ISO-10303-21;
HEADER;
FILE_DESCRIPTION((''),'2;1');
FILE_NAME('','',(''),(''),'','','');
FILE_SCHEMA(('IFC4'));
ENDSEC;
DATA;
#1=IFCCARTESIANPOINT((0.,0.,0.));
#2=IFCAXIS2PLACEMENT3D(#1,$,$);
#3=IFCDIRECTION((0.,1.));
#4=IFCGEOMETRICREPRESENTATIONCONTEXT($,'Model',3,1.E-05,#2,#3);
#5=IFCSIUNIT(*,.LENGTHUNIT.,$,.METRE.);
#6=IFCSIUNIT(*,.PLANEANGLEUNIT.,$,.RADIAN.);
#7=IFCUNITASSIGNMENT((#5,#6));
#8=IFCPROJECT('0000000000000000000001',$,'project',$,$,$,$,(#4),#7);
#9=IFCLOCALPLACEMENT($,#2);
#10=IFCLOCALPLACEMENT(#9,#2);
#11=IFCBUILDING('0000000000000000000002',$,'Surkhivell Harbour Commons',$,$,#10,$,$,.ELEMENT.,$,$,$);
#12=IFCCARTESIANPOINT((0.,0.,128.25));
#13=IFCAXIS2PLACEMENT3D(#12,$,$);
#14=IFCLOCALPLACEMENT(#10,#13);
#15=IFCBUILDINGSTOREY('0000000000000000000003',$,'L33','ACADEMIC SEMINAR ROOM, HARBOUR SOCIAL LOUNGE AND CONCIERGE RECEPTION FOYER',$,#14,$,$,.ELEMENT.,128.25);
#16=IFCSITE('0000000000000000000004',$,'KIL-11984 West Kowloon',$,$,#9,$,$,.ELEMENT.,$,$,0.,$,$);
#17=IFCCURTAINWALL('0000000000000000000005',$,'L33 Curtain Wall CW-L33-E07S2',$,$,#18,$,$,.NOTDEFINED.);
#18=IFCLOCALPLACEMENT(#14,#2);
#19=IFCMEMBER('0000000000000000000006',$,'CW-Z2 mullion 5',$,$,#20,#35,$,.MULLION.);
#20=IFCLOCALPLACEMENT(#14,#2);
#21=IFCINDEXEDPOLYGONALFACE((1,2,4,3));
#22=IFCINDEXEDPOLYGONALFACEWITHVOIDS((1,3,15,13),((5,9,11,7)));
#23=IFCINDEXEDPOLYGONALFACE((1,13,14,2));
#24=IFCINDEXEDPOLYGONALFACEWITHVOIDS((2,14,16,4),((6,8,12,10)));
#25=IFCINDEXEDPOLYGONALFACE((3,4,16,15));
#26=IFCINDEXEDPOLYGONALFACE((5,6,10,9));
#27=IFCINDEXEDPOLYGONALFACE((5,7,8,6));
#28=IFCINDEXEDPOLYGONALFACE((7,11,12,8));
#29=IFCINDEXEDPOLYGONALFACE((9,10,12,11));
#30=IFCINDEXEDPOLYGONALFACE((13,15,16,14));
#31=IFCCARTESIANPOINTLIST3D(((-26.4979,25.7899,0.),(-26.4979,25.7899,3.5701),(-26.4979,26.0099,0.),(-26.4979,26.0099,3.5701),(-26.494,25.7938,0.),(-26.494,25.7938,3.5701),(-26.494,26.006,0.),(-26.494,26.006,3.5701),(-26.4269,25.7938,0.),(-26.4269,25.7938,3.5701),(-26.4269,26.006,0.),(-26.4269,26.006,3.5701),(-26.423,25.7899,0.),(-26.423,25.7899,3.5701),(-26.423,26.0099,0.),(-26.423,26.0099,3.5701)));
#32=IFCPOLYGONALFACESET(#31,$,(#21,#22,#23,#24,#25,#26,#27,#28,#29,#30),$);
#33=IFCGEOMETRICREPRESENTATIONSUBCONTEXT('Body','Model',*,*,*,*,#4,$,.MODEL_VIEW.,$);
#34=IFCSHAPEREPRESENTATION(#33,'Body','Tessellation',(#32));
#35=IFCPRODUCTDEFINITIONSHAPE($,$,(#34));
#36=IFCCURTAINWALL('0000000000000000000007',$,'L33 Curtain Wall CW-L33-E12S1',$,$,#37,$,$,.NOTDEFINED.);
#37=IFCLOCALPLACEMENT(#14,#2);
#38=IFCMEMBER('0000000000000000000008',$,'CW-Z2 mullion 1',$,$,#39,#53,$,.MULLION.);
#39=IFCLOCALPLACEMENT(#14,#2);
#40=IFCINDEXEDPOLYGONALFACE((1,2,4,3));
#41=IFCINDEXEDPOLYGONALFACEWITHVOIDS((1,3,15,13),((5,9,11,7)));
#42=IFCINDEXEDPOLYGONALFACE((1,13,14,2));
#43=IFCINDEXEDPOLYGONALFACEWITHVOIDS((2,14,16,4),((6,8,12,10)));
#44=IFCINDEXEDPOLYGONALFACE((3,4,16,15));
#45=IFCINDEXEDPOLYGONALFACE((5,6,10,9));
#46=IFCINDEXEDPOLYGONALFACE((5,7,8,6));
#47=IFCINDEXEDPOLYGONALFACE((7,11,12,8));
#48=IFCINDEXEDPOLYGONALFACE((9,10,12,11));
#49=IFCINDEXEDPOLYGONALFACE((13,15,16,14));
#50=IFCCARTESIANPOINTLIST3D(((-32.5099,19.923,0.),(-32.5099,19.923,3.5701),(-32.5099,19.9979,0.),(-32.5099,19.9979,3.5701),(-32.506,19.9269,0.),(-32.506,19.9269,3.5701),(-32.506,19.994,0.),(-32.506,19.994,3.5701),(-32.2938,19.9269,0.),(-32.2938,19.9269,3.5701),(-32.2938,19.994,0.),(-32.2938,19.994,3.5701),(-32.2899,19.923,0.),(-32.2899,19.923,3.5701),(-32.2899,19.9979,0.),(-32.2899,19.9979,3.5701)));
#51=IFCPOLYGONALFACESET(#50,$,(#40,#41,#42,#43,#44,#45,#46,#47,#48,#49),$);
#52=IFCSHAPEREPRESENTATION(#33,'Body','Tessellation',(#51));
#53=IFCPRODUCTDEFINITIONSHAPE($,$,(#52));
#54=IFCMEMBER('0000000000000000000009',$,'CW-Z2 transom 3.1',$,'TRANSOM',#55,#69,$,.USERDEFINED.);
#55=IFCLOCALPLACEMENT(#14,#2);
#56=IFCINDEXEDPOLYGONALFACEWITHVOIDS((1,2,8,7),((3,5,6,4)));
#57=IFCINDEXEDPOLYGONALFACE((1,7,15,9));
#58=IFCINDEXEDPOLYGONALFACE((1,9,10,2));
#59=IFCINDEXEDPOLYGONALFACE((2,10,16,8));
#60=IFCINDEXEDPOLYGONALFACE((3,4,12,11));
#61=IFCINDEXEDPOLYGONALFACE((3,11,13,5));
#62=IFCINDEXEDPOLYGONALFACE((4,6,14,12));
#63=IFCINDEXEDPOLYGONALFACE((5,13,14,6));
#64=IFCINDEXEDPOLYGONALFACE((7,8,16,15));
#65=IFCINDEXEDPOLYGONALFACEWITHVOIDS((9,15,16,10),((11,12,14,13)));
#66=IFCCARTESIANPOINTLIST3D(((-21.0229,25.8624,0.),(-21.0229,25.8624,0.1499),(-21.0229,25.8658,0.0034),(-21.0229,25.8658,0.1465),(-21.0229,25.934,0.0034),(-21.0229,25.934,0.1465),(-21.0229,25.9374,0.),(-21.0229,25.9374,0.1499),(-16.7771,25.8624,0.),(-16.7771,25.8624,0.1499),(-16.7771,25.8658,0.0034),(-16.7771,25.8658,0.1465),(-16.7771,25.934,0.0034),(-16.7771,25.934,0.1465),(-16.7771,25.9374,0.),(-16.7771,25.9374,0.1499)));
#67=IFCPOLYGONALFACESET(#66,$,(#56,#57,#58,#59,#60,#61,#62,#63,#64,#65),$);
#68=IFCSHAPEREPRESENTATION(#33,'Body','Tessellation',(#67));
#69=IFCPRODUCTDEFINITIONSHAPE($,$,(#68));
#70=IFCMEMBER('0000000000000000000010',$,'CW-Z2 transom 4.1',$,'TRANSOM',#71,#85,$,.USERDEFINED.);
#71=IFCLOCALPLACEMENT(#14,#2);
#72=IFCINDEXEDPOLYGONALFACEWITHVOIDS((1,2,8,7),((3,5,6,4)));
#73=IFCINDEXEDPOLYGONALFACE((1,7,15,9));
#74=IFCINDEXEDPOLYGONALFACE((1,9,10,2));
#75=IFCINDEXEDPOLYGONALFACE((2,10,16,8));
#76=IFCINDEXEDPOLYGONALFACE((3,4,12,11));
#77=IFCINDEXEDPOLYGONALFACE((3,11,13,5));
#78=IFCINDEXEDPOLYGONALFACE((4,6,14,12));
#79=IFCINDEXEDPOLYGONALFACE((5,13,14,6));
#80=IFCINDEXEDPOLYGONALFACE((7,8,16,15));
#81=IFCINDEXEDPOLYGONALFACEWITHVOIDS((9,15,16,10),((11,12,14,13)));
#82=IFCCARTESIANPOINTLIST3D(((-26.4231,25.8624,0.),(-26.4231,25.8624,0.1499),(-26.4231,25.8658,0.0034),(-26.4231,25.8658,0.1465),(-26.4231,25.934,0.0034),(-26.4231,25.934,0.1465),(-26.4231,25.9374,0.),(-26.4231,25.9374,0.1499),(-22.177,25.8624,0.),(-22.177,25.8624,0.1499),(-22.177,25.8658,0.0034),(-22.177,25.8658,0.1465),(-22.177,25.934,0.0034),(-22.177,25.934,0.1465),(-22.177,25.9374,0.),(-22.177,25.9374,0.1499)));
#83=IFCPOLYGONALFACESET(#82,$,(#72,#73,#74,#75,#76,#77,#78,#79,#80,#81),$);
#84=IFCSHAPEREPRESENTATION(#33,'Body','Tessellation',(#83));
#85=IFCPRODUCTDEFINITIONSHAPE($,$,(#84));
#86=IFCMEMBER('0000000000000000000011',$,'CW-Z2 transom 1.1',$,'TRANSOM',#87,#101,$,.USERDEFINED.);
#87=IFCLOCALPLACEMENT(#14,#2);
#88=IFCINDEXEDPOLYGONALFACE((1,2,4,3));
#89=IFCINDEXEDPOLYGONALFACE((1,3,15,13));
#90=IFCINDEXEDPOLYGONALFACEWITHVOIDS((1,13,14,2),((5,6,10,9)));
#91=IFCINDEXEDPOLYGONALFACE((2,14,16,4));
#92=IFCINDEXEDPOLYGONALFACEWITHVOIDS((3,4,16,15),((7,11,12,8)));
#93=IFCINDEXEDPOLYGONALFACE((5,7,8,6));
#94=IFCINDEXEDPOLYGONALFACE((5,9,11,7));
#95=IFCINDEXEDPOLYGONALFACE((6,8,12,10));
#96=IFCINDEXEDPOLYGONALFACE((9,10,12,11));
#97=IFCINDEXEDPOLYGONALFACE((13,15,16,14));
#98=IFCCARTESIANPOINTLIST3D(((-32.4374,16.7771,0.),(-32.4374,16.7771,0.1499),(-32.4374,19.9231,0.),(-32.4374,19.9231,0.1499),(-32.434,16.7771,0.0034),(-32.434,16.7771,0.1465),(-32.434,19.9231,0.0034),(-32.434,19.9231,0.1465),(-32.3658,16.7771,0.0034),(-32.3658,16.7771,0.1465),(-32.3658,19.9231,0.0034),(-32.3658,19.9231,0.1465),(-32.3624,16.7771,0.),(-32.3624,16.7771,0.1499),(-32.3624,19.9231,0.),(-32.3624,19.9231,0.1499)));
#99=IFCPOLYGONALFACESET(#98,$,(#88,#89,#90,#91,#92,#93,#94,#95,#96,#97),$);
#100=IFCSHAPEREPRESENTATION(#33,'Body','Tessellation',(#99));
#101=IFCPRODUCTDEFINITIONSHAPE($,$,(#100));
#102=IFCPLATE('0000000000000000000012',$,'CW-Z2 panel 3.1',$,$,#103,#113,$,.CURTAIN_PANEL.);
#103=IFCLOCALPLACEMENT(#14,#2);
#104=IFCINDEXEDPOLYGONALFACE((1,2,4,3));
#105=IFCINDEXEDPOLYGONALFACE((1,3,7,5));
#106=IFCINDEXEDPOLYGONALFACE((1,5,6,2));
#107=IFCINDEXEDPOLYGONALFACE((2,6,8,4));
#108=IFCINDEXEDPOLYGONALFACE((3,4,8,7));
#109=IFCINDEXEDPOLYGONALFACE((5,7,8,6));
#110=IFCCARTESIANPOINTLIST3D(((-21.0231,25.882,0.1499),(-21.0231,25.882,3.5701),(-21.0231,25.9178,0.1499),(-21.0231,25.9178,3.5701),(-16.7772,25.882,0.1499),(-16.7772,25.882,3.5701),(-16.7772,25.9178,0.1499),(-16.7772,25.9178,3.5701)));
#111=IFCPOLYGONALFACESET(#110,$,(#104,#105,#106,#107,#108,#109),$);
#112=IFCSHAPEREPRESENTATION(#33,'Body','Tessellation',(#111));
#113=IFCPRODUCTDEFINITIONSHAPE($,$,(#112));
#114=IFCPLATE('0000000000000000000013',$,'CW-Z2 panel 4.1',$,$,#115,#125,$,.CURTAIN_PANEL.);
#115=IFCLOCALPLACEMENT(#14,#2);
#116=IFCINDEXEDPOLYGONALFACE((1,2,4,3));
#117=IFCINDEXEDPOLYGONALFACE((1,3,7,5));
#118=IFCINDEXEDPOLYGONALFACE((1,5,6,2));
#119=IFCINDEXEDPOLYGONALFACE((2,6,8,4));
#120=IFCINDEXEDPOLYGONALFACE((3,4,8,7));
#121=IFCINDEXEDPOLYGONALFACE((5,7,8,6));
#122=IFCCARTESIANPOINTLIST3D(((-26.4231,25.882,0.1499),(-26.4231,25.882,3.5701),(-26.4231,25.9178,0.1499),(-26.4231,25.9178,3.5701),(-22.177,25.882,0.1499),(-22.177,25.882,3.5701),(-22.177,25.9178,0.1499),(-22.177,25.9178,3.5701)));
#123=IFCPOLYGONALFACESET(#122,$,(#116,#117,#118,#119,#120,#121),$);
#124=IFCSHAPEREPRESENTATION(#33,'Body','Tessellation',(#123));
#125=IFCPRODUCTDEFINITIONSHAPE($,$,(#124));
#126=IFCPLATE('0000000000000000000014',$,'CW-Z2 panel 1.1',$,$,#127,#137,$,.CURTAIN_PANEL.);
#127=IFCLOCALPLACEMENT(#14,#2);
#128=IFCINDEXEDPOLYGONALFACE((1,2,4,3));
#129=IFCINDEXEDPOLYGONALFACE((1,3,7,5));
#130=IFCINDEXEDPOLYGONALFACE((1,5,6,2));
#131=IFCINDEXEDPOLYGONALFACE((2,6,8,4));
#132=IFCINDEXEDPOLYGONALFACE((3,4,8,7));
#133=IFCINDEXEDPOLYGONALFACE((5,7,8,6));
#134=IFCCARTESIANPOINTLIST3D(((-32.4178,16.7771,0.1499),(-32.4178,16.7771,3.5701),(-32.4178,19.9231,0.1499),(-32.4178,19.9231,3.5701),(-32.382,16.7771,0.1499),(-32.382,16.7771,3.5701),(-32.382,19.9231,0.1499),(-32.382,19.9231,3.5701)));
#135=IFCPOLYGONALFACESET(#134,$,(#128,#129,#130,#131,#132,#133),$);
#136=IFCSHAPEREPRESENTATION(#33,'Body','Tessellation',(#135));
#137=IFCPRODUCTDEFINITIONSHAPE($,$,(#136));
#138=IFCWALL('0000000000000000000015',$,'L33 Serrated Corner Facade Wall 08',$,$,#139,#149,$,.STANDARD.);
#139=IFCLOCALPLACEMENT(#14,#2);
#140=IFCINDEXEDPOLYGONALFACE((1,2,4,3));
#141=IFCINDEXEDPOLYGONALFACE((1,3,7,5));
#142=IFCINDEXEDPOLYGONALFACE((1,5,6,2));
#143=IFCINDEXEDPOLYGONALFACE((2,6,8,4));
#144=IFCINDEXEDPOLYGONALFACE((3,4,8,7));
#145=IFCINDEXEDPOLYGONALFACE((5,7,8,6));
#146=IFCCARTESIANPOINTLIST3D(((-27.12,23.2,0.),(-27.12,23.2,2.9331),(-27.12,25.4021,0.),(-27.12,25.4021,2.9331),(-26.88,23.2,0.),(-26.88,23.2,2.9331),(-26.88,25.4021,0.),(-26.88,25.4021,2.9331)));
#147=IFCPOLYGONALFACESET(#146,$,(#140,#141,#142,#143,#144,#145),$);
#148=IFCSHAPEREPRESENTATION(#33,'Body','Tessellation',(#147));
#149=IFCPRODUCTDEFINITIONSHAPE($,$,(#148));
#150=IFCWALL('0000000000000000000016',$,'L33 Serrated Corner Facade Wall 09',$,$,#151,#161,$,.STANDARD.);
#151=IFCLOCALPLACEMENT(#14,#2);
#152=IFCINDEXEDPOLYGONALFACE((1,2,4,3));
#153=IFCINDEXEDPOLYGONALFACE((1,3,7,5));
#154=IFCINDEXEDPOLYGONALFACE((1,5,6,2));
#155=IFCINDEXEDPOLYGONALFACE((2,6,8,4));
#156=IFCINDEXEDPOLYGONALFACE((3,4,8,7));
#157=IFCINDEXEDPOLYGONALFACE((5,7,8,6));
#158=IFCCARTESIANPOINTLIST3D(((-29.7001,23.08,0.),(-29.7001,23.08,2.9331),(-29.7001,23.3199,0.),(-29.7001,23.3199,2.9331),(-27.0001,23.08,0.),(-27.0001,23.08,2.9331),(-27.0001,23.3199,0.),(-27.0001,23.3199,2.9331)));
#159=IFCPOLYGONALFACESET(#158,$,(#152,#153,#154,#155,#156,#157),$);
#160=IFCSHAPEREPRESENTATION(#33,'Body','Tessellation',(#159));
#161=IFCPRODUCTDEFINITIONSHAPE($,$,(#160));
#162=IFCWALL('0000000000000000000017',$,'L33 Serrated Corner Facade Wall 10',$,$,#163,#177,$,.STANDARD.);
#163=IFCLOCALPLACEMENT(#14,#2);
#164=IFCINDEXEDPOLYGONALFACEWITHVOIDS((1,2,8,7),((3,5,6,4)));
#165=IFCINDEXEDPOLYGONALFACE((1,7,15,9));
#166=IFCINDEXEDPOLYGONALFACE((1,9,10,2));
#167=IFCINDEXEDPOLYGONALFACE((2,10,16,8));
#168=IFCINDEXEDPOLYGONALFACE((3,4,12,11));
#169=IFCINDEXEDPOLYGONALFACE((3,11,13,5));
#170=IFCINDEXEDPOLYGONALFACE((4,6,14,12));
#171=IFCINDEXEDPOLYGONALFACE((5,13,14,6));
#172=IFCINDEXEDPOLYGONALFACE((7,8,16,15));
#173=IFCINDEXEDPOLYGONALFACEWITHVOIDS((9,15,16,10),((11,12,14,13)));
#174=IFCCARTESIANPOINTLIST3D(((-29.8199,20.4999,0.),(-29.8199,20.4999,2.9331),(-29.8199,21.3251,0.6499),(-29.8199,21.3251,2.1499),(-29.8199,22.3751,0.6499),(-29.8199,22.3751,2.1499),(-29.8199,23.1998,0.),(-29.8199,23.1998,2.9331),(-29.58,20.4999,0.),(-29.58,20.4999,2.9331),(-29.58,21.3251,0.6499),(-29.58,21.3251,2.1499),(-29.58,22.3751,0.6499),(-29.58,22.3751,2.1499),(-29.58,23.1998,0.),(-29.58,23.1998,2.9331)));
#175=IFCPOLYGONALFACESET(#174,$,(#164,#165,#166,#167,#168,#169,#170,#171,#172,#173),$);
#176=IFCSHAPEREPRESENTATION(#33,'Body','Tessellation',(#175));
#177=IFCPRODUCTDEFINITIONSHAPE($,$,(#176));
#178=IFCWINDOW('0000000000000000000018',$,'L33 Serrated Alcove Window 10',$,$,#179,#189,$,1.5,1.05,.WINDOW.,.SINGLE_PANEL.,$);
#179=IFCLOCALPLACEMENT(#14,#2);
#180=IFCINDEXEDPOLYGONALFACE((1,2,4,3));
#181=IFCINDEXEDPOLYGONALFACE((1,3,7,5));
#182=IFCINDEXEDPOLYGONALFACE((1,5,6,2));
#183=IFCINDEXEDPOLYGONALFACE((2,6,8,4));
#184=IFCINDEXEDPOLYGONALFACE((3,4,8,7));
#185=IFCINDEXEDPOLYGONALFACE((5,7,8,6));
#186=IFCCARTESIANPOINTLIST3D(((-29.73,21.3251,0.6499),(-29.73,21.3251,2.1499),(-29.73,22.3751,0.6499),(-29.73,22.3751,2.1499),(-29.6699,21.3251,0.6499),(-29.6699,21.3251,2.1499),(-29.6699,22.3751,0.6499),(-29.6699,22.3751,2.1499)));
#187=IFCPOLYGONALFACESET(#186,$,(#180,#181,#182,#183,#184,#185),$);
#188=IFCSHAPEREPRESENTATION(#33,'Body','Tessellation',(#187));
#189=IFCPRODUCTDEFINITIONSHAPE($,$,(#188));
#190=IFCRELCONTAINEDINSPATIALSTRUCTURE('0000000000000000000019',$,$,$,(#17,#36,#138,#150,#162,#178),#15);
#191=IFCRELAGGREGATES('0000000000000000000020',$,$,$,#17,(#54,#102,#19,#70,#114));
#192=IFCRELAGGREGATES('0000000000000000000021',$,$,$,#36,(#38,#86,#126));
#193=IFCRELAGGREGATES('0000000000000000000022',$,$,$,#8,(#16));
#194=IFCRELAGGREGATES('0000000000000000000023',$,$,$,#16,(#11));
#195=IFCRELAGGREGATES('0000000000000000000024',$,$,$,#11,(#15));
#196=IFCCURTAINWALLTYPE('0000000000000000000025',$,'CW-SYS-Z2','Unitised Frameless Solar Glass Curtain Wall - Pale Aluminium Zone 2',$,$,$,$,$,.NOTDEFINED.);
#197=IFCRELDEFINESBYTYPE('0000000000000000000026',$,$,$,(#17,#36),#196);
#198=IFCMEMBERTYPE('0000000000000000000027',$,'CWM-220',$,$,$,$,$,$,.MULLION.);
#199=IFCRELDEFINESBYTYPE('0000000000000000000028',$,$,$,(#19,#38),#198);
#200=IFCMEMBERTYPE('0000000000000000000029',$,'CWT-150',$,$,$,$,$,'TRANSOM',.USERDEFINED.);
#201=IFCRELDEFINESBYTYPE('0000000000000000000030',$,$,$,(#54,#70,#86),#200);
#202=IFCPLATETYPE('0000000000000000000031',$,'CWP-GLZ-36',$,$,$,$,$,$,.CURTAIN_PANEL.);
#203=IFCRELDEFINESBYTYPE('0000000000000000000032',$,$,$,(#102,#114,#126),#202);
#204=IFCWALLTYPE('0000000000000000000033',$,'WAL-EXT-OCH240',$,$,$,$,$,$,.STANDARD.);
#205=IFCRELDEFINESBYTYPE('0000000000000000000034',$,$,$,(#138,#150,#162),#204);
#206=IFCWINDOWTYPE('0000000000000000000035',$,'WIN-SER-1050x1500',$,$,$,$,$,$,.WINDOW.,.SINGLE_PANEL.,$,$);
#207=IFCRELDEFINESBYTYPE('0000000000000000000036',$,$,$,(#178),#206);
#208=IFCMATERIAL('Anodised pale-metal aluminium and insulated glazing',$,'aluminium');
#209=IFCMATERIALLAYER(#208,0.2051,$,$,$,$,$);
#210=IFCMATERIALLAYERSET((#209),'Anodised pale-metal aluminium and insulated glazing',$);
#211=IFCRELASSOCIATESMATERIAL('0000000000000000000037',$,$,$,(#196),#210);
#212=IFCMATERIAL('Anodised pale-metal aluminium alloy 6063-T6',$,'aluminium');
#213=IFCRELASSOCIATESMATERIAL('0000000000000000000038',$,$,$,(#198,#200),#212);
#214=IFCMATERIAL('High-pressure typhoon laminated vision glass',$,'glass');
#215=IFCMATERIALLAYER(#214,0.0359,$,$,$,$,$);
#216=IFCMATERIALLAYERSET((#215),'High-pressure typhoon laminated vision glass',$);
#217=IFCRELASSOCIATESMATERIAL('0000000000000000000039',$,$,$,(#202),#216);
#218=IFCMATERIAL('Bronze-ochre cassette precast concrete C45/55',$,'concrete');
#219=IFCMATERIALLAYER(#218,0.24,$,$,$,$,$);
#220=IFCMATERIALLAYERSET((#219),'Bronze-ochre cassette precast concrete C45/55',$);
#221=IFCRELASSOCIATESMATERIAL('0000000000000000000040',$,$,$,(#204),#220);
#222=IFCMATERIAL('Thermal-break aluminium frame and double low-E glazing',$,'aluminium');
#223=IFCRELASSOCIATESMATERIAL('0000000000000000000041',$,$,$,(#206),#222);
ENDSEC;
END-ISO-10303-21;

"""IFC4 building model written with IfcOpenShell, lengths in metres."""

from ifc_helpers import new_model, si_unit, direction, frame, frame_2d, origin, origin_2d, place, context, subcontext, project, spatial, rectangle, hollow_rectangle, extrude, material, layer, layer_set, material_profile, profile_set, type_object, element, fill, aggregate, save


model = new_model("IFC4")

# Units and contexts
model_context = context("Model", 3, precision=1e-05, world=origin(), true_north=direction((0.0, 1.0)))
body_context = subcontext(model_context, "Body", "Model", "MODEL_VIEW")
ifc_project = project(units=[si_unit("LENGTHUNIT", "METRE"), si_unit("PLANEANGLEUNIT", "RADIAN")], contexts=[model_context])

# Site, building, storey
site_placement = place(None, origin())
site = spatial("IfcSite", under=ifc_project, at=site_placement, Name="KIL-11984 West Kowloon", CompositionType="ELEMENT", RefElevation=0.0)
building_placement = place(site_placement, origin())
building = spatial("IfcBuilding", under=site, at=building_placement, Name="Surkhivell Harbour Commons", CompositionType="ELEMENT")
storey_placement = place(building_placement, frame((0.0, 0.0, 128.25)))
storey = spatial("IfcBuildingStorey", under=building, at=storey_placement, Name="L33", Description="ACADEMIC SEMINAR ROOM, HARBOUR SOCIAL LOUNGE AND CONCIERGE RECEPTION FOYER", CompositionType="ELEMENT", Elevation=128.25)

# Curtain wall, member
ifc_material_1 = material(Name="Anodised pale-metal aluminium and insulated glazing", Category="aluminium")
ifc_layer_1 = layer(ifc_material_1, 0.2051)
ifc_layer_set_1 = layer_set([ifc_layer_1], Name="Anodised pale-metal aluminium and insulated glazing")
curtain_wall_type = type_object("IfcCurtainWallType", Name="CW-SYS-Z2", Description="Unitised Frameless Solar Glass Curtain Wall - Pale Aluminium Zone 2", PredefinedType="NOTDEFINED", material=ifc_layer_set_1)
curtain_wall_1_placement = place(storey_placement, origin())
curtain_wall_1 = element("IfcCurtainWall", 1, at=curtain_wall_1_placement, inside=storey, type_object=curtain_wall_type, Name="L33 Curtain Wall CW-L33-E07S2", PredefinedType="NOTDEFINED")
ifc_material_2 = material(Name="Anodised pale-metal aluminium alloy 6063-T6", Category="aluminium")
ifc_material_profile_1 = material_profile(ifc_material_2, hollow_rectangle(XDim=0.075, YDim=0.22, WallThickness=0.0039, at=origin_2d()), Name="ALU-MULL-75x220")
ifc_profile_set_1 = profile_set([ifc_material_profile_1], Name="Anodised pale-metal aluminium alloy 6063-T6")
member_type_1 = type_object("IfcMemberType", Name="CWM-220", PredefinedType="MULLION", material=ifc_profile_set_1)
member_1_placement = place(storey_placement, frame((-26.4604, 25.8999, 0.0), z_axis=(0.0, 0.0, 1.0), x_axis=(-1.0, 0.0, 0.0)))
member_1 = element("IfcMember", 2, at=member_1_placement, type_object=member_type_1, Name="CW-Z2 mullion 5", PredefinedType="MULLION", context=body_context, shape_type="SweptSolid", body=[
    extrude(hollow_rectangle(XDim=0.075, YDim=0.22, WallThickness=0.0039, at=origin_2d()), origin(), (0.0, 0.0, 1.0), 3.5701),
])

# Curtain wall, member
curtain_wall_2_placement = place(storey_placement, origin())
curtain_wall_2 = element("IfcCurtainWall", 3, at=curtain_wall_2_placement, inside=storey, type_object=curtain_wall_type, Name="L33 Curtain Wall CW-L33-E12S1", PredefinedType="NOTDEFINED")
member_2_placement = place(storey_placement, frame((-32.3999, 19.9604, 0.0), z_axis=(0.0, 0.0, 1.0), x_axis=(0.0, -1.0, 0.0)))
member_2 = element("IfcMember", 4, at=member_2_placement, type_object=member_type_1, Name="CW-Z2 mullion 1", PredefinedType="MULLION", context=body_context, shape_type="SweptSolid", body=[
    extrude(hollow_rectangle(XDim=0.075, YDim=0.22, WallThickness=0.0039, at=origin_2d()), origin(), (0.0, 0.0, 1.0), 3.5701),
])

# Members
ifc_material_profile_2 = material_profile(ifc_material_2, hollow_rectangle(XDim=0.075, YDim=0.1499, WallThickness=0.0034, at=origin_2d()), Name="ALU-TRAN-75x150")
ifc_profile_set_2 = profile_set([ifc_material_profile_2], Name="Anodised pale-metal aluminium alloy 6063-T6")
member_type_2 = type_object("IfcMemberType", Name="CWT-150", ElementType="TRANSOM", PredefinedType="USERDEFINED", material=ifc_profile_set_2)
member_3_placement = place(storey_placement, frame((-16.7771, 25.8999, 0.075), z_axis=(-1.0, 0.0, 0.0), x_axis=(0.0, -1.0, 0.0)))
member_3 = element("IfcMember", 5, at=member_3_placement, type_object=member_type_2, Name="CW-Z2 transom 3.1", ObjectType="TRANSOM", PredefinedType="USERDEFINED", context=body_context, shape_type="SweptSolid", body=[
    extrude(hollow_rectangle(XDim=0.075, YDim=0.1499, WallThickness=0.0034, at=origin_2d()), origin(), (0.0, 0.0, 1.0), 4.2458),
])
member_4_placement = place(storey_placement, frame((-22.177, 25.8999, 0.075), z_axis=(-1.0, 0.0, 0.0), x_axis=(0.0, -1.0, 0.0)))
member_4 = element("IfcMember", 6, at=member_4_placement, type_object=member_type_2, Name="CW-Z2 transom 4.1", ObjectType="TRANSOM", PredefinedType="USERDEFINED", context=body_context, shape_type="SweptSolid", body=[
    extrude(hollow_rectangle(XDim=0.075, YDim=0.1499, WallThickness=0.0034, at=origin_2d()), origin(), (0.0, 0.0, 1.0), 4.2461),
])
member_5_placement = place(storey_placement, frame((-32.3999, 19.9231, 0.075), z_axis=(0.0, -1.0, 0.0), x_axis=(1.0, 0.0, 0.0)))
member_5 = element("IfcMember", 7, at=member_5_placement, type_object=member_type_2, Name="CW-Z2 transom 1.1", ObjectType="TRANSOM", PredefinedType="USERDEFINED", context=body_context, shape_type="SweptSolid", body=[
    extrude(hollow_rectangle(XDim=0.075, YDim=0.1499, WallThickness=0.0034, at=origin_2d()), origin(), (0.0, 0.0, 1.0), 3.146),
])

# Plates
ifc_material_3 = material(Name="High-pressure typhoon laminated vision glass", Category="glass")
ifc_layer_2 = layer(ifc_material_3, 0.0359)
ifc_layer_set_2 = layer_set([ifc_layer_2], Name="High-pressure typhoon laminated vision glass")
plate_type = type_object("IfcPlateType", Name="CWP-GLZ-36", PredefinedType="CURTAIN_PANEL", material=ifc_layer_set_2)
plate_1_placement = place(storey_placement, frame((-16.7771, 25.8999, 0.1499), z_axis=(0.0, 0.0, 1.0), x_axis=(-1.0, 0.0, 0.0)))
plate_1 = element("IfcPlate", 8, at=plate_1_placement, type_object=plate_type, Name="CW-Z2 panel 3.1", PredefinedType="CURTAIN_PANEL", context=body_context, shape_type="SweptSolid", body=[
    extrude(rectangle(XDim=4.2458, YDim=0.0359, at=frame_2d((2.123, 0.0))), origin(), (0.0, 0.0, 1.0), 3.4202),
])
plate_2_placement = place(storey_placement, frame((-22.177, 25.8999, 0.1499), z_axis=(0.0, 0.0, 1.0), x_axis=(-1.0, 0.0, 0.0)))
plate_2 = element("IfcPlate", 9, at=plate_2_placement, type_object=plate_type, Name="CW-Z2 panel 4.1", PredefinedType="CURTAIN_PANEL", context=body_context, shape_type="SweptSolid", body=[
    extrude(rectangle(XDim=4.2461, YDim=0.0359, at=frame_2d((2.123, 0.0))), origin(), (0.0, 0.0, 1.0), 3.4202),
])
aggregate(curtain_wall_1, [member_3, plate_1, member_1, member_4, plate_2])
plate_3_placement = place(storey_placement, frame((-32.3999, 19.9231, 0.1499), z_axis=(0.0, 0.0, 1.0), x_axis=(0.0, -1.0, 0.0)))
plate_3 = element("IfcPlate", 10, at=plate_3_placement, type_object=plate_type, Name="CW-Z2 panel 1.1", PredefinedType="CURTAIN_PANEL", context=body_context, shape_type="SweptSolid", body=[
    extrude(rectangle(XDim=3.146, YDim=0.0359, at=frame_2d((1.573, 0.0))), origin(), (0.0, 0.0, 1.0), 3.4202),
])
aggregate(curtain_wall_2, [member_2, member_5, plate_3])

# Walls
ifc_material_4 = material(Name="Bronze-ochre cassette precast concrete C45/55", Category="concrete")
ifc_layer_3 = layer(ifc_material_4, 0.24)
ifc_layer_set_3 = layer_set([ifc_layer_3], Name="Bronze-ochre cassette precast concrete C45/55")
wall_type = type_object("IfcWallType", Name="WAL-EXT-OCH240", PredefinedType="STANDARD", material=ifc_layer_set_3)
wall_1_placement = place(storey_placement, frame((-27.0, 25.4021, 0.0), z_axis=(0.0, 0.0, 1.0), x_axis=(0.0, -1.0, 0.0)))
element("IfcWall", 11, at=wall_1_placement, inside=storey, type_object=wall_type, Name="L33 Serrated Corner Facade Wall 08", PredefinedType="STANDARD", context=body_context, shape_type="SweptSolid", body=[
    extrude(rectangle(XDim=2.2021, YDim=0.24, at=frame_2d((1.1011, 0.0))), origin(), (0.0, 0.0, 1.0), 2.9331),
])
wall_2_placement = place(storey_placement, frame((-27.0, 23.2, 0.0), z_axis=(0.0, 0.0, 1.0), x_axis=(-1.0, 0.0, 0.0)))
element("IfcWall", 12, at=wall_2_placement, inside=storey, type_object=wall_type, Name="L33 Serrated Corner Facade Wall 09", PredefinedType="STANDARD", context=body_context, shape_type="SweptSolid", body=[
    extrude(rectangle(XDim=2.7, YDim=0.24, at=frame_2d((1.3501, 0.0))), origin(), (0.0, 0.0, 1.0), 2.9331),
])

# Wall, opening, window
wall_3_placement = place(storey_placement, frame((-29.7, 23.2, 0.0), z_axis=(0.0, 0.0, 1.0), x_axis=(0.0, -1.0, 0.0)))
wall_3 = element("IfcWall", 13, at=wall_3_placement, inside=storey, type_object=wall_type, Name="L33 Serrated Corner Facade Wall 10", PredefinedType="STANDARD", context=body_context, shape_type="SweptSolid", body=[
    extrude(rectangle(XDim=2.7, YDim=0.24, at=frame_2d((1.3501, 0.0))), origin(), (0.0, 0.0, 1.0), 2.9331),
])
opening_placement = place(wall_3_placement, frame((0.825, 0.0, 0.6499)))
opening = element("IfcOpeningElement", 14, at=opening_placement, cuts=wall_3, PredefinedType="OPENING", context=body_context, shape_type="SweptSolid", body=[
    extrude(rectangle(XDim=1.05, YDim=1.5, at=frame_2d((0.5249, 0.75))), frame((0.0, 0.1299, 0.0), z_axis=(0.0, -1.0, 0.0), x_axis=(1.0, 0.0, 0.0)), (0.0, 0.0, 1.0), 0.26),
])
ifc_material_5 = material(Name="Thermal-break aluminium frame and double low-E glazing", Category="aluminium")
window_type = type_object("IfcWindowType", Name="WIN-SER-1050x1500", PartitioningType="SINGLE_PANEL", PredefinedType="WINDOW", material=ifc_material_5)
window_placement = place(opening_placement, origin())
window = element("IfcWindow", 15, at=window_placement, inside=storey, type_object=window_type, Name="L33 Serrated Alcove Window 10", OverallHeight=1.5, OverallWidth=1.05, PartitioningType="SINGLE_PANEL", PredefinedType="WINDOW", context=body_context, shape_type="SweptSolid", body=[
    extrude(rectangle(XDim=1.05, YDim=1.5, at=frame_2d((0.5249, 0.75))), frame((0.0, 0.03, 0.0), z_axis=(0.0, -1.0, 0.0), x_axis=(1.0, 0.0, 0.0)), (0.0, 0.0, 1.0), 0.0601),
])
fill(opening, window)

save(model, "model.ifc")
